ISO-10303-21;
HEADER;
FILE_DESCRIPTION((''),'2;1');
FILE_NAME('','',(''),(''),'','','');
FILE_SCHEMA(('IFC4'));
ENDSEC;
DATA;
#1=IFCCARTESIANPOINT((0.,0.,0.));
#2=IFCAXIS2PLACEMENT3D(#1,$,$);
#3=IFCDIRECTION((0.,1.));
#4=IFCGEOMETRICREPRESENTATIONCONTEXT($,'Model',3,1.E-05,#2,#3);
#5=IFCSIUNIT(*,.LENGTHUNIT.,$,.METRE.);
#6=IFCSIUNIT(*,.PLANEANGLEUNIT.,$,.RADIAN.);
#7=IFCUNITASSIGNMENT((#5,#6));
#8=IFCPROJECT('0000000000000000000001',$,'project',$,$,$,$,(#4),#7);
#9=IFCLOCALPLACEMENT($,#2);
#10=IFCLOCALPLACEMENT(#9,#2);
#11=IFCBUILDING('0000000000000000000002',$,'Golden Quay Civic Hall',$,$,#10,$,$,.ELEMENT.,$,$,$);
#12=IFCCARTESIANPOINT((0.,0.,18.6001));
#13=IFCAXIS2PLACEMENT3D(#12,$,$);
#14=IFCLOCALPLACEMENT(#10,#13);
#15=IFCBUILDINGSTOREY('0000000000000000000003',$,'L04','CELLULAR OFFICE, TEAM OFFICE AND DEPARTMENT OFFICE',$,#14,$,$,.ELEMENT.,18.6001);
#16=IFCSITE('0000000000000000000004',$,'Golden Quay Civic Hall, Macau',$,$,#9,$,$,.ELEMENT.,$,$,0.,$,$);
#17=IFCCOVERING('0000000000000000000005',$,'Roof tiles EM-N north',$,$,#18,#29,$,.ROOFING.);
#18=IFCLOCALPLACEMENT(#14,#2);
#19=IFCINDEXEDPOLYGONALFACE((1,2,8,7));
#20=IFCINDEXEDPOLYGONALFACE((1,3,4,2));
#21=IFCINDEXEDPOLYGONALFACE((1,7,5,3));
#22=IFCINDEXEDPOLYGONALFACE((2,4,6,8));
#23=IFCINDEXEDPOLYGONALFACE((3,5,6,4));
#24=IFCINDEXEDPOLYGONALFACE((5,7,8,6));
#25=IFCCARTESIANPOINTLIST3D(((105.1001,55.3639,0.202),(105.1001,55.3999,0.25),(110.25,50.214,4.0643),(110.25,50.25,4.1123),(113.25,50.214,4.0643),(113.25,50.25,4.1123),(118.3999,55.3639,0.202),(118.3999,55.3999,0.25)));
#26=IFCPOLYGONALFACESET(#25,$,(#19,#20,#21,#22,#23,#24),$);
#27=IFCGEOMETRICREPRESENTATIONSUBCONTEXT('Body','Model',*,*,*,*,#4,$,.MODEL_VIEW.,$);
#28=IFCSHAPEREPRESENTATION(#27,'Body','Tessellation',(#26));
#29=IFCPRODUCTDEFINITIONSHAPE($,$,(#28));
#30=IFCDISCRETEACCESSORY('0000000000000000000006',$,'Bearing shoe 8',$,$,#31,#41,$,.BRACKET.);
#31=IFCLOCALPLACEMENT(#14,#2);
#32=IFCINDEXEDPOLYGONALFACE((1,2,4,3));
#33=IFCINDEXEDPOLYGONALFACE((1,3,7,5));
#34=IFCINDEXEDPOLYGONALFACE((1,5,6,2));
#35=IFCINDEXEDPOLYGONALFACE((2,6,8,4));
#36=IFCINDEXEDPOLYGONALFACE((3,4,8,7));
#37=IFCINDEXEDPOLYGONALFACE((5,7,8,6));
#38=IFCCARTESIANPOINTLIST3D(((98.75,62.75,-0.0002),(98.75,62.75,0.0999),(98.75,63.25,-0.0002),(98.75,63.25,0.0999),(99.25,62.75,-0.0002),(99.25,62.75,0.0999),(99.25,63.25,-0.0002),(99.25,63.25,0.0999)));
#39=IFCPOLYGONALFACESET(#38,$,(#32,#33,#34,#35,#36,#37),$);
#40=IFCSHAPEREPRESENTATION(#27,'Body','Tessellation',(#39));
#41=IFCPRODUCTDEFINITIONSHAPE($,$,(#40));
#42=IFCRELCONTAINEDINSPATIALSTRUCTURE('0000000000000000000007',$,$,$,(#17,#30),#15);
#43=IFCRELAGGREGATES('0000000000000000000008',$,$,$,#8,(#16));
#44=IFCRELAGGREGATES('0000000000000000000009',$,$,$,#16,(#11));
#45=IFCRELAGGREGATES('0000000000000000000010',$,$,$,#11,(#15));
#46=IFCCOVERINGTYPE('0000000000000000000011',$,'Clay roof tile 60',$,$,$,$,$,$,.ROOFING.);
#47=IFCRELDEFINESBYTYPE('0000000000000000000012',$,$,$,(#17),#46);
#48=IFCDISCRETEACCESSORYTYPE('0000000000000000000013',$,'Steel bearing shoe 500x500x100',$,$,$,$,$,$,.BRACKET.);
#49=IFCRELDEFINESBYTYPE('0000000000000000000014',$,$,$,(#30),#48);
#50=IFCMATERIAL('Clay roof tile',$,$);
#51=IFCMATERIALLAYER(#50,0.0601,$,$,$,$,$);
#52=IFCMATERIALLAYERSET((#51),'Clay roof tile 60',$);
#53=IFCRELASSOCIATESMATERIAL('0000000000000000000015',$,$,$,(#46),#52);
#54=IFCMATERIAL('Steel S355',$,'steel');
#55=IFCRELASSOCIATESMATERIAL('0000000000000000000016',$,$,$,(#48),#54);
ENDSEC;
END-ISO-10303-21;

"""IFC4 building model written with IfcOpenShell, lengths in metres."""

from ifc_helpers import new_model, si_unit, direction, frame, origin, origin_2d, place, context, subcontext, project, spatial, polyline, rectangle, outline, extrude, material, layer, layer_set, type_object, element, save


model = new_model("IFC4")

# Units and contexts
model_context = context("Model", 3, precision=1e-05, world=origin(), true_north=direction((0.0, 1.0)))
body_context = subcontext(model_context, "Body", "Model", "MODEL_VIEW")
ifc_project = project(units=[si_unit("LENGTHUNIT", "METRE"), si_unit("PLANEANGLEUNIT", "RADIAN")], contexts=[model_context])

# Site, building, storey
site_placement = place(None, origin())
site = spatial("IfcSite", under=ifc_project, at=site_placement, Name="Golden Quay Civic Hall, Macau", CompositionType="ELEMENT", RefElevation=0.0)
building_placement = place(site_placement, origin())
building = spatial("IfcBuilding", under=site, at=building_placement, Name="Golden Quay Civic Hall", CompositionType="ELEMENT")
storey_placement = place(building_placement, frame((0.0, 0.0, 18.6001)))
storey = spatial("IfcBuildingStorey", under=building, at=storey_placement, Name="L04", Description="CELLULAR OFFICE, TEAM OFFICE AND DEPARTMENT OFFICE", CompositionType="ELEMENT", Elevation=18.6001)

# Covering
ifc_material_1 = material(Name="Clay roof tile")
ifc_layer_1 = layer(ifc_material_1, 0.0601)
ifc_layer_set_1 = layer_set([ifc_layer_1], Name="Clay roof tile 60")
covering_type = type_object("IfcCoveringType", Name="Clay roof tile 60", PredefinedType="ROOFING", material=ifc_layer_set_1)
covering_placement = place(storey_placement, frame((105.1001, 55.3999, 0.25), z_axis=(0.0, 0.599988, 0.800009), x_axis=(1.0, 0.0, 0.0)))
element("IfcCovering", 1, at=covering_placement, inside=storey, type_object=covering_type, Name="Roof tiles EM-N north", PredefinedType="ROOFING", context=body_context, shape_type="SweptSolid", body=[
    extrude(outline(polyline([(0.0, 0.0), (13.2998, 0.0), (8.1499, -6.4373), (5.1499, -6.4373), (0.0, 0.0)])), origin(), (0.0, 0.0, -1.0), 0.0601),
])

# Discrete accessory
ifc_material_2 = material(Name="Steel S355", Category="steel")
discrete_accessory_type = type_object("IfcDiscreteAccessoryType", Name="Steel bearing shoe 500x500x100", PredefinedType="BRACKET", material=ifc_material_2)
discrete_accessory_placement = place(storey_placement, frame((99.0, 63.0, -0.0002), z_axis=(0.0, 0.0, 1.0), x_axis=(1.0, 0.0, 0.0)))
element("IfcDiscreteAccessory", 2, at=discrete_accessory_placement, inside=storey, type_object=discrete_accessory_type, Name="Bearing shoe 8", PredefinedType="BRACKET", context=body_context, shape_type="SweptSolid", body=[
    extrude(rectangle(XDim=0.5, YDim=0.5, at=origin_2d()), origin(), (0.0, 0.0, 1.0), 0.1001),
])

save(model, "model.ifc")
